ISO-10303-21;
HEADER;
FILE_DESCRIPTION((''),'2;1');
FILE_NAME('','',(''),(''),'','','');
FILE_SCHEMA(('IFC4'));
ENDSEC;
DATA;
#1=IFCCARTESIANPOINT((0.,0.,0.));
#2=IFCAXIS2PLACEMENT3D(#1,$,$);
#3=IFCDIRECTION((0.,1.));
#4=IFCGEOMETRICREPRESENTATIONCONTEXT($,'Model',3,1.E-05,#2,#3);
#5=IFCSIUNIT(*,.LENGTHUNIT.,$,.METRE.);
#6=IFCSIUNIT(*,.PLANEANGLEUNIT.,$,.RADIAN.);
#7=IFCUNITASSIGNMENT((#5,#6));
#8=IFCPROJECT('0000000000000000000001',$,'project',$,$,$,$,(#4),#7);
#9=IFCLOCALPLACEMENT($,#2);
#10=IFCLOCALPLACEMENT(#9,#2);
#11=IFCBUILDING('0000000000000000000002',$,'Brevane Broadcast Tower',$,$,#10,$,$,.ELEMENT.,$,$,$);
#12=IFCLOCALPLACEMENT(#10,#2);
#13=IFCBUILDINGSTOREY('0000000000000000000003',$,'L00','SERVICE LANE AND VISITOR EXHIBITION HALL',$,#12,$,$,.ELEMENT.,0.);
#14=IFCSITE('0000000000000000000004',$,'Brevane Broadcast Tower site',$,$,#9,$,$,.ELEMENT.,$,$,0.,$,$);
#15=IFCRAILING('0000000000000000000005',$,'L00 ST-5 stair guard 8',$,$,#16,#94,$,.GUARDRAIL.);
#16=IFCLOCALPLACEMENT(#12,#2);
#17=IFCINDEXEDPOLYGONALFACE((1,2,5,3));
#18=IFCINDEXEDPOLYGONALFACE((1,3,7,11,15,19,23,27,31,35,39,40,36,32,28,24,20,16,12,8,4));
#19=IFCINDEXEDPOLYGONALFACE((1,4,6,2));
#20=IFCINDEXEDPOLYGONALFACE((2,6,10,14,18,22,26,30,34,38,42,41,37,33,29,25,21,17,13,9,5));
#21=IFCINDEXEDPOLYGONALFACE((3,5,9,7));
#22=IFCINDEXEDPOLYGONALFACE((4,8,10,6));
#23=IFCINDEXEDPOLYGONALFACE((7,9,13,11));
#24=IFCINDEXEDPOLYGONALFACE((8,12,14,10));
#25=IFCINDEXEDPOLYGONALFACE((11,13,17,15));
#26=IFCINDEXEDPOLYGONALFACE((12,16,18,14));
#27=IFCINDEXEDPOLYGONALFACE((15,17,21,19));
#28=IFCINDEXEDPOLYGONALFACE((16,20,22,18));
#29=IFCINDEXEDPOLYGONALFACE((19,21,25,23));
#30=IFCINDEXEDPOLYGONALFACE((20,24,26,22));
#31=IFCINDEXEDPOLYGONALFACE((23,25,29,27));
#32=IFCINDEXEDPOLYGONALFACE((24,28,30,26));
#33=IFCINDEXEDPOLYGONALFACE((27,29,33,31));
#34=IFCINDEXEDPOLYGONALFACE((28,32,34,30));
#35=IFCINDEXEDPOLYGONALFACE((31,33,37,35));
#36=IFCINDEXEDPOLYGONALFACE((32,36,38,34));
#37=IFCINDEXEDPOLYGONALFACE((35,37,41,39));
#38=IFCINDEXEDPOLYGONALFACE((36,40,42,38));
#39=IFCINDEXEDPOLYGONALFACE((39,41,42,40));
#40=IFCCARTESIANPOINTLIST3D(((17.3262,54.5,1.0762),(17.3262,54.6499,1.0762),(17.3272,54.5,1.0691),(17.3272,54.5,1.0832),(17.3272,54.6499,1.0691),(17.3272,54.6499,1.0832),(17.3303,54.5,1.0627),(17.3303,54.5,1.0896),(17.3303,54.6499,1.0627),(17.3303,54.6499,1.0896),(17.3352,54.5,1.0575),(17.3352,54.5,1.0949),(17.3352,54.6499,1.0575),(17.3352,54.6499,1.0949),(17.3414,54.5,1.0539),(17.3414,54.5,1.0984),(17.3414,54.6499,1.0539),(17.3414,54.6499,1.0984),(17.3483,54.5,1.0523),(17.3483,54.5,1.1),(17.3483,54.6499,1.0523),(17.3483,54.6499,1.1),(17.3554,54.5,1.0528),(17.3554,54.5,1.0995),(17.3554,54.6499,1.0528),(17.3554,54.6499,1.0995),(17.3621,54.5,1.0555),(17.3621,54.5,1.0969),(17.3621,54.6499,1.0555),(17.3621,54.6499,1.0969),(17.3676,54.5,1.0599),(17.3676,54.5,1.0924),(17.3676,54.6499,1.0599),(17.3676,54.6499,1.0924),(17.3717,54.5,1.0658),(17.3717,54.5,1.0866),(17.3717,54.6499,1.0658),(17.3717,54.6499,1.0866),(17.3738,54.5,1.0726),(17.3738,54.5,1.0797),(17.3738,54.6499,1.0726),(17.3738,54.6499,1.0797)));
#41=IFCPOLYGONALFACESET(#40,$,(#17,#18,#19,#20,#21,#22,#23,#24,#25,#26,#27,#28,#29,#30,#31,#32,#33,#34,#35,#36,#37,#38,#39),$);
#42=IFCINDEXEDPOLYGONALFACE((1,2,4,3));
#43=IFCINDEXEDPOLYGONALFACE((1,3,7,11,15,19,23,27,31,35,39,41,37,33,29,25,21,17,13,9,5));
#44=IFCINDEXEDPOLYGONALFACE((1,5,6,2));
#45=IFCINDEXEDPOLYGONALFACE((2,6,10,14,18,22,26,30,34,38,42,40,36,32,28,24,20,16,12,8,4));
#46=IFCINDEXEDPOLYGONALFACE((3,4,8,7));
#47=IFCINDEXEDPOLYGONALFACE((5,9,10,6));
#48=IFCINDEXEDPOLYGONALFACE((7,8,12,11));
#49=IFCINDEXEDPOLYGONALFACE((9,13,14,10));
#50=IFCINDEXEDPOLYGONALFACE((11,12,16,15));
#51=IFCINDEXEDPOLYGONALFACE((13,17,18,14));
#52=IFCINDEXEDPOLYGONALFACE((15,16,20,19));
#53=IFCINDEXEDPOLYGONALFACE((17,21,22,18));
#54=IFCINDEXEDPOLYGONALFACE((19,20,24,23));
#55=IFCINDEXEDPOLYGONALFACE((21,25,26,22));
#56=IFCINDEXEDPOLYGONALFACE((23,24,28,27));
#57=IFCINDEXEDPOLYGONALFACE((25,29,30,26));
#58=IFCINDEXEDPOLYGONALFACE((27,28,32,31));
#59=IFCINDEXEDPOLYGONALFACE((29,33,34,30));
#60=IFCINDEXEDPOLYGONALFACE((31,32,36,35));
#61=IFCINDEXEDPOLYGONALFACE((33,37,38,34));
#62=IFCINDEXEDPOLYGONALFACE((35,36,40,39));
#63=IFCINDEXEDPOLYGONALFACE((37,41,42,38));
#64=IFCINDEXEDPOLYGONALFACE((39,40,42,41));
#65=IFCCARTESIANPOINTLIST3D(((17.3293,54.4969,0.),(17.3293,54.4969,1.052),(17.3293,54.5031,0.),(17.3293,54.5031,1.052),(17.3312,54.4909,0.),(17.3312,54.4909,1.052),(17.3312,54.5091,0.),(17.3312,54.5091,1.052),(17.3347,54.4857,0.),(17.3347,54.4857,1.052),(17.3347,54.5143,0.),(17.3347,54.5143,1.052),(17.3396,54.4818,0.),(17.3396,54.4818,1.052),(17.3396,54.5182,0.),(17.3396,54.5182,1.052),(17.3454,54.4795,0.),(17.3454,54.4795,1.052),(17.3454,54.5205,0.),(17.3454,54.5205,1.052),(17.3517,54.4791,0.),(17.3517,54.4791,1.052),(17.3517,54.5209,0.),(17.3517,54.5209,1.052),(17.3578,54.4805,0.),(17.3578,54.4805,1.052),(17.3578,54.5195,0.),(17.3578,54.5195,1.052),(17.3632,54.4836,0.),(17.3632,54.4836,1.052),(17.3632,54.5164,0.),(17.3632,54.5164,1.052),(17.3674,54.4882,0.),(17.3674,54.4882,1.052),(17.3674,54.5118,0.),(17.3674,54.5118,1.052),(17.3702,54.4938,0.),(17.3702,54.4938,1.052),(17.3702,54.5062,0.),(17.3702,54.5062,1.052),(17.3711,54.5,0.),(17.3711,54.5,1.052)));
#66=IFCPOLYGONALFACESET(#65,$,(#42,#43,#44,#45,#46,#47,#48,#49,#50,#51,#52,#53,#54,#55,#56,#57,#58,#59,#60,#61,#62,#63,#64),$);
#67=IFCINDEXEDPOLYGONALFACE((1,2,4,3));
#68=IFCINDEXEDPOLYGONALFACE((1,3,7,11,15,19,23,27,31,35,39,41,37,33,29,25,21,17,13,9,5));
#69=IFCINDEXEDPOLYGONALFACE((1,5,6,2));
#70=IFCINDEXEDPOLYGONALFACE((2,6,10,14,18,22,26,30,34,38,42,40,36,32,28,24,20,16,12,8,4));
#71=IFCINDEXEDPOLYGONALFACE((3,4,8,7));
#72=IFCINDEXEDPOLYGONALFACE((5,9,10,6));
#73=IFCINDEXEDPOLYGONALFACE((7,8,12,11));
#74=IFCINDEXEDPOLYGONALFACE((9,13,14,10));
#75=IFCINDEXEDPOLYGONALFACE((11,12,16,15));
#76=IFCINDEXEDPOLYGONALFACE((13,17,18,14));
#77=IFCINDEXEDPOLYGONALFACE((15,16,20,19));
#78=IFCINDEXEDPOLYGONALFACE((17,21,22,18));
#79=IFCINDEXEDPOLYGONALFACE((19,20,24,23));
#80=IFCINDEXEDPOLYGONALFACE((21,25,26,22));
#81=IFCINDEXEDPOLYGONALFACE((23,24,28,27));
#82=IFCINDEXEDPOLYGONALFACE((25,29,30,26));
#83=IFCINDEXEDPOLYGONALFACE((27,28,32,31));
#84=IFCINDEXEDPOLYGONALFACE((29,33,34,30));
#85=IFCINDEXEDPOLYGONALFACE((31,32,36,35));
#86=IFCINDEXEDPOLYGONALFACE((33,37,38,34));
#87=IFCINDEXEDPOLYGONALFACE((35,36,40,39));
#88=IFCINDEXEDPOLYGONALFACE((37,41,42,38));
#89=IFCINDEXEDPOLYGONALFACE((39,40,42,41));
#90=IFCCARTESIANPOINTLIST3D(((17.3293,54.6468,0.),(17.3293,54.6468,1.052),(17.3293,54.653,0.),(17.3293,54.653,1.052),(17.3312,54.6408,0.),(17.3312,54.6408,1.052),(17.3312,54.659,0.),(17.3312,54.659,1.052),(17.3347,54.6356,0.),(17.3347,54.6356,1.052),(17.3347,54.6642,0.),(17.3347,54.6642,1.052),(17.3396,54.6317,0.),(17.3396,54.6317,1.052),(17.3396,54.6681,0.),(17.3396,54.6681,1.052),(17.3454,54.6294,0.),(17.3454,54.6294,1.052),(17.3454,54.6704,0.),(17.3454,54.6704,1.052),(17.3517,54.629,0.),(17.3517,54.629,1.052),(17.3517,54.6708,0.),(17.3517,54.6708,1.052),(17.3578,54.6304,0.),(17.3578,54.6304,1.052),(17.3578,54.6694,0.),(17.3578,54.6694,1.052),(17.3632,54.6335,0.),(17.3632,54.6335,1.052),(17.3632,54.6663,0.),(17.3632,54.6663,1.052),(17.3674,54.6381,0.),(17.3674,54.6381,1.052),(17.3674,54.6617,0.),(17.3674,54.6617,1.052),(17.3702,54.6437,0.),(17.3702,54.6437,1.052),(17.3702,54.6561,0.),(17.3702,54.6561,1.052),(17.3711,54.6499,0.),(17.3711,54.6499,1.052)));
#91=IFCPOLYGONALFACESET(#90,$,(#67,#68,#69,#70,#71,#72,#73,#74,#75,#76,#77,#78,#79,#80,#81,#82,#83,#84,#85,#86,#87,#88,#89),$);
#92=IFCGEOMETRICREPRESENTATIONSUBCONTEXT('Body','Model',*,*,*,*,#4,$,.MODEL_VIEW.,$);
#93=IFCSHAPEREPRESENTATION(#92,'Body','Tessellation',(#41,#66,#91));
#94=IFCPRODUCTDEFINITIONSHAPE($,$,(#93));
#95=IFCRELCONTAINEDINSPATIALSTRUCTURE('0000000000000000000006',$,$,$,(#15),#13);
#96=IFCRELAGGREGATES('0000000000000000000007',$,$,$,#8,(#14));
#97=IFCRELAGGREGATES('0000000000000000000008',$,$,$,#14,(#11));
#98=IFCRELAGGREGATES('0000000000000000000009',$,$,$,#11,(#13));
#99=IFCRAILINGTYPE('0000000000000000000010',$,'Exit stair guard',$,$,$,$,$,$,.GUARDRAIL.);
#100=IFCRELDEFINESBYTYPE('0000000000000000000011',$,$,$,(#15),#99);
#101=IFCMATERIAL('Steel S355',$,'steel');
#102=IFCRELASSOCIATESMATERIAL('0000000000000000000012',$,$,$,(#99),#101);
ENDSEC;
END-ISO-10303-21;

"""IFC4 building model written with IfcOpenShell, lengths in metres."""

from ifc_helpers import new_model, si_unit, direction, frame, origin, origin_2d, place, context, subcontext, project, spatial, circle, extrude, material, type_object, element, save


model = new_model("IFC4")

# Units and contexts
model_context = context("Model", 3, precision=1e-05, world=origin(), true_north=direction((0.0, 1.0)))
body_context = subcontext(model_context, "Body", "Model", "MODEL_VIEW")
ifc_project = project(units=[si_unit("LENGTHUNIT", "METRE"), si_unit("PLANEANGLEUNIT", "RADIAN")], contexts=[model_context])

# Site, building, storey
site_placement = place(None, origin())
site = spatial("IfcSite", under=ifc_project, at=site_placement, Name="Brevane Broadcast Tower site", CompositionType="ELEMENT", RefElevation=0.0)
building_placement = place(site_placement, origin())
building = spatial("IfcBuilding", under=site, at=building_placement, Name="Brevane Broadcast Tower", CompositionType="ELEMENT")
storey_placement = place(building_placement, origin())
storey = spatial("IfcBuildingStorey", under=building, at=storey_placement, Name="L00", Description="SERVICE LANE AND VISITOR EXHIBITION HALL", CompositionType="ELEMENT", Elevation=0.0)

# Railing
ifc_material_1 = material(Name="Steel S355", Category="steel")
railing_type_1 = type_object("IfcRailingType", Name="Exit stair guard", PredefinedType="GUARDRAIL", material=ifc_material_1)
railing_1_placement = place(storey_placement, frame((17.3501, 54.5, 0.0)))
element("IfcRailing", 1, at=railing_1_placement, inside=storey, type_object=railing_type_1, Name="L00 ST-5 stair guard 8", PredefinedType="GUARDRAIL", context=body_context, shape_type="SweptSolid", body=[
    extrude(circle(Radius=0.0239, at=origin_2d()), frame((0.0, 0.0, 1.0762), z_axis=(0.0, 1.0, 0.0), x_axis=(-1.0, 0.0, 0.0)), (0.0, 0.0, 1.0), 0.1499),
    extrude(circle(Radius=0.021, at=origin_2d()), origin(), (0.0, 0.0, 1.0), 1.052),
    extrude(circle(Radius=0.021, at=origin_2d()), frame((0.0, 0.1499, 0.0)), (0.0, 0.0, 1.0), 1.052),
])

save(model, "model.ifc")
